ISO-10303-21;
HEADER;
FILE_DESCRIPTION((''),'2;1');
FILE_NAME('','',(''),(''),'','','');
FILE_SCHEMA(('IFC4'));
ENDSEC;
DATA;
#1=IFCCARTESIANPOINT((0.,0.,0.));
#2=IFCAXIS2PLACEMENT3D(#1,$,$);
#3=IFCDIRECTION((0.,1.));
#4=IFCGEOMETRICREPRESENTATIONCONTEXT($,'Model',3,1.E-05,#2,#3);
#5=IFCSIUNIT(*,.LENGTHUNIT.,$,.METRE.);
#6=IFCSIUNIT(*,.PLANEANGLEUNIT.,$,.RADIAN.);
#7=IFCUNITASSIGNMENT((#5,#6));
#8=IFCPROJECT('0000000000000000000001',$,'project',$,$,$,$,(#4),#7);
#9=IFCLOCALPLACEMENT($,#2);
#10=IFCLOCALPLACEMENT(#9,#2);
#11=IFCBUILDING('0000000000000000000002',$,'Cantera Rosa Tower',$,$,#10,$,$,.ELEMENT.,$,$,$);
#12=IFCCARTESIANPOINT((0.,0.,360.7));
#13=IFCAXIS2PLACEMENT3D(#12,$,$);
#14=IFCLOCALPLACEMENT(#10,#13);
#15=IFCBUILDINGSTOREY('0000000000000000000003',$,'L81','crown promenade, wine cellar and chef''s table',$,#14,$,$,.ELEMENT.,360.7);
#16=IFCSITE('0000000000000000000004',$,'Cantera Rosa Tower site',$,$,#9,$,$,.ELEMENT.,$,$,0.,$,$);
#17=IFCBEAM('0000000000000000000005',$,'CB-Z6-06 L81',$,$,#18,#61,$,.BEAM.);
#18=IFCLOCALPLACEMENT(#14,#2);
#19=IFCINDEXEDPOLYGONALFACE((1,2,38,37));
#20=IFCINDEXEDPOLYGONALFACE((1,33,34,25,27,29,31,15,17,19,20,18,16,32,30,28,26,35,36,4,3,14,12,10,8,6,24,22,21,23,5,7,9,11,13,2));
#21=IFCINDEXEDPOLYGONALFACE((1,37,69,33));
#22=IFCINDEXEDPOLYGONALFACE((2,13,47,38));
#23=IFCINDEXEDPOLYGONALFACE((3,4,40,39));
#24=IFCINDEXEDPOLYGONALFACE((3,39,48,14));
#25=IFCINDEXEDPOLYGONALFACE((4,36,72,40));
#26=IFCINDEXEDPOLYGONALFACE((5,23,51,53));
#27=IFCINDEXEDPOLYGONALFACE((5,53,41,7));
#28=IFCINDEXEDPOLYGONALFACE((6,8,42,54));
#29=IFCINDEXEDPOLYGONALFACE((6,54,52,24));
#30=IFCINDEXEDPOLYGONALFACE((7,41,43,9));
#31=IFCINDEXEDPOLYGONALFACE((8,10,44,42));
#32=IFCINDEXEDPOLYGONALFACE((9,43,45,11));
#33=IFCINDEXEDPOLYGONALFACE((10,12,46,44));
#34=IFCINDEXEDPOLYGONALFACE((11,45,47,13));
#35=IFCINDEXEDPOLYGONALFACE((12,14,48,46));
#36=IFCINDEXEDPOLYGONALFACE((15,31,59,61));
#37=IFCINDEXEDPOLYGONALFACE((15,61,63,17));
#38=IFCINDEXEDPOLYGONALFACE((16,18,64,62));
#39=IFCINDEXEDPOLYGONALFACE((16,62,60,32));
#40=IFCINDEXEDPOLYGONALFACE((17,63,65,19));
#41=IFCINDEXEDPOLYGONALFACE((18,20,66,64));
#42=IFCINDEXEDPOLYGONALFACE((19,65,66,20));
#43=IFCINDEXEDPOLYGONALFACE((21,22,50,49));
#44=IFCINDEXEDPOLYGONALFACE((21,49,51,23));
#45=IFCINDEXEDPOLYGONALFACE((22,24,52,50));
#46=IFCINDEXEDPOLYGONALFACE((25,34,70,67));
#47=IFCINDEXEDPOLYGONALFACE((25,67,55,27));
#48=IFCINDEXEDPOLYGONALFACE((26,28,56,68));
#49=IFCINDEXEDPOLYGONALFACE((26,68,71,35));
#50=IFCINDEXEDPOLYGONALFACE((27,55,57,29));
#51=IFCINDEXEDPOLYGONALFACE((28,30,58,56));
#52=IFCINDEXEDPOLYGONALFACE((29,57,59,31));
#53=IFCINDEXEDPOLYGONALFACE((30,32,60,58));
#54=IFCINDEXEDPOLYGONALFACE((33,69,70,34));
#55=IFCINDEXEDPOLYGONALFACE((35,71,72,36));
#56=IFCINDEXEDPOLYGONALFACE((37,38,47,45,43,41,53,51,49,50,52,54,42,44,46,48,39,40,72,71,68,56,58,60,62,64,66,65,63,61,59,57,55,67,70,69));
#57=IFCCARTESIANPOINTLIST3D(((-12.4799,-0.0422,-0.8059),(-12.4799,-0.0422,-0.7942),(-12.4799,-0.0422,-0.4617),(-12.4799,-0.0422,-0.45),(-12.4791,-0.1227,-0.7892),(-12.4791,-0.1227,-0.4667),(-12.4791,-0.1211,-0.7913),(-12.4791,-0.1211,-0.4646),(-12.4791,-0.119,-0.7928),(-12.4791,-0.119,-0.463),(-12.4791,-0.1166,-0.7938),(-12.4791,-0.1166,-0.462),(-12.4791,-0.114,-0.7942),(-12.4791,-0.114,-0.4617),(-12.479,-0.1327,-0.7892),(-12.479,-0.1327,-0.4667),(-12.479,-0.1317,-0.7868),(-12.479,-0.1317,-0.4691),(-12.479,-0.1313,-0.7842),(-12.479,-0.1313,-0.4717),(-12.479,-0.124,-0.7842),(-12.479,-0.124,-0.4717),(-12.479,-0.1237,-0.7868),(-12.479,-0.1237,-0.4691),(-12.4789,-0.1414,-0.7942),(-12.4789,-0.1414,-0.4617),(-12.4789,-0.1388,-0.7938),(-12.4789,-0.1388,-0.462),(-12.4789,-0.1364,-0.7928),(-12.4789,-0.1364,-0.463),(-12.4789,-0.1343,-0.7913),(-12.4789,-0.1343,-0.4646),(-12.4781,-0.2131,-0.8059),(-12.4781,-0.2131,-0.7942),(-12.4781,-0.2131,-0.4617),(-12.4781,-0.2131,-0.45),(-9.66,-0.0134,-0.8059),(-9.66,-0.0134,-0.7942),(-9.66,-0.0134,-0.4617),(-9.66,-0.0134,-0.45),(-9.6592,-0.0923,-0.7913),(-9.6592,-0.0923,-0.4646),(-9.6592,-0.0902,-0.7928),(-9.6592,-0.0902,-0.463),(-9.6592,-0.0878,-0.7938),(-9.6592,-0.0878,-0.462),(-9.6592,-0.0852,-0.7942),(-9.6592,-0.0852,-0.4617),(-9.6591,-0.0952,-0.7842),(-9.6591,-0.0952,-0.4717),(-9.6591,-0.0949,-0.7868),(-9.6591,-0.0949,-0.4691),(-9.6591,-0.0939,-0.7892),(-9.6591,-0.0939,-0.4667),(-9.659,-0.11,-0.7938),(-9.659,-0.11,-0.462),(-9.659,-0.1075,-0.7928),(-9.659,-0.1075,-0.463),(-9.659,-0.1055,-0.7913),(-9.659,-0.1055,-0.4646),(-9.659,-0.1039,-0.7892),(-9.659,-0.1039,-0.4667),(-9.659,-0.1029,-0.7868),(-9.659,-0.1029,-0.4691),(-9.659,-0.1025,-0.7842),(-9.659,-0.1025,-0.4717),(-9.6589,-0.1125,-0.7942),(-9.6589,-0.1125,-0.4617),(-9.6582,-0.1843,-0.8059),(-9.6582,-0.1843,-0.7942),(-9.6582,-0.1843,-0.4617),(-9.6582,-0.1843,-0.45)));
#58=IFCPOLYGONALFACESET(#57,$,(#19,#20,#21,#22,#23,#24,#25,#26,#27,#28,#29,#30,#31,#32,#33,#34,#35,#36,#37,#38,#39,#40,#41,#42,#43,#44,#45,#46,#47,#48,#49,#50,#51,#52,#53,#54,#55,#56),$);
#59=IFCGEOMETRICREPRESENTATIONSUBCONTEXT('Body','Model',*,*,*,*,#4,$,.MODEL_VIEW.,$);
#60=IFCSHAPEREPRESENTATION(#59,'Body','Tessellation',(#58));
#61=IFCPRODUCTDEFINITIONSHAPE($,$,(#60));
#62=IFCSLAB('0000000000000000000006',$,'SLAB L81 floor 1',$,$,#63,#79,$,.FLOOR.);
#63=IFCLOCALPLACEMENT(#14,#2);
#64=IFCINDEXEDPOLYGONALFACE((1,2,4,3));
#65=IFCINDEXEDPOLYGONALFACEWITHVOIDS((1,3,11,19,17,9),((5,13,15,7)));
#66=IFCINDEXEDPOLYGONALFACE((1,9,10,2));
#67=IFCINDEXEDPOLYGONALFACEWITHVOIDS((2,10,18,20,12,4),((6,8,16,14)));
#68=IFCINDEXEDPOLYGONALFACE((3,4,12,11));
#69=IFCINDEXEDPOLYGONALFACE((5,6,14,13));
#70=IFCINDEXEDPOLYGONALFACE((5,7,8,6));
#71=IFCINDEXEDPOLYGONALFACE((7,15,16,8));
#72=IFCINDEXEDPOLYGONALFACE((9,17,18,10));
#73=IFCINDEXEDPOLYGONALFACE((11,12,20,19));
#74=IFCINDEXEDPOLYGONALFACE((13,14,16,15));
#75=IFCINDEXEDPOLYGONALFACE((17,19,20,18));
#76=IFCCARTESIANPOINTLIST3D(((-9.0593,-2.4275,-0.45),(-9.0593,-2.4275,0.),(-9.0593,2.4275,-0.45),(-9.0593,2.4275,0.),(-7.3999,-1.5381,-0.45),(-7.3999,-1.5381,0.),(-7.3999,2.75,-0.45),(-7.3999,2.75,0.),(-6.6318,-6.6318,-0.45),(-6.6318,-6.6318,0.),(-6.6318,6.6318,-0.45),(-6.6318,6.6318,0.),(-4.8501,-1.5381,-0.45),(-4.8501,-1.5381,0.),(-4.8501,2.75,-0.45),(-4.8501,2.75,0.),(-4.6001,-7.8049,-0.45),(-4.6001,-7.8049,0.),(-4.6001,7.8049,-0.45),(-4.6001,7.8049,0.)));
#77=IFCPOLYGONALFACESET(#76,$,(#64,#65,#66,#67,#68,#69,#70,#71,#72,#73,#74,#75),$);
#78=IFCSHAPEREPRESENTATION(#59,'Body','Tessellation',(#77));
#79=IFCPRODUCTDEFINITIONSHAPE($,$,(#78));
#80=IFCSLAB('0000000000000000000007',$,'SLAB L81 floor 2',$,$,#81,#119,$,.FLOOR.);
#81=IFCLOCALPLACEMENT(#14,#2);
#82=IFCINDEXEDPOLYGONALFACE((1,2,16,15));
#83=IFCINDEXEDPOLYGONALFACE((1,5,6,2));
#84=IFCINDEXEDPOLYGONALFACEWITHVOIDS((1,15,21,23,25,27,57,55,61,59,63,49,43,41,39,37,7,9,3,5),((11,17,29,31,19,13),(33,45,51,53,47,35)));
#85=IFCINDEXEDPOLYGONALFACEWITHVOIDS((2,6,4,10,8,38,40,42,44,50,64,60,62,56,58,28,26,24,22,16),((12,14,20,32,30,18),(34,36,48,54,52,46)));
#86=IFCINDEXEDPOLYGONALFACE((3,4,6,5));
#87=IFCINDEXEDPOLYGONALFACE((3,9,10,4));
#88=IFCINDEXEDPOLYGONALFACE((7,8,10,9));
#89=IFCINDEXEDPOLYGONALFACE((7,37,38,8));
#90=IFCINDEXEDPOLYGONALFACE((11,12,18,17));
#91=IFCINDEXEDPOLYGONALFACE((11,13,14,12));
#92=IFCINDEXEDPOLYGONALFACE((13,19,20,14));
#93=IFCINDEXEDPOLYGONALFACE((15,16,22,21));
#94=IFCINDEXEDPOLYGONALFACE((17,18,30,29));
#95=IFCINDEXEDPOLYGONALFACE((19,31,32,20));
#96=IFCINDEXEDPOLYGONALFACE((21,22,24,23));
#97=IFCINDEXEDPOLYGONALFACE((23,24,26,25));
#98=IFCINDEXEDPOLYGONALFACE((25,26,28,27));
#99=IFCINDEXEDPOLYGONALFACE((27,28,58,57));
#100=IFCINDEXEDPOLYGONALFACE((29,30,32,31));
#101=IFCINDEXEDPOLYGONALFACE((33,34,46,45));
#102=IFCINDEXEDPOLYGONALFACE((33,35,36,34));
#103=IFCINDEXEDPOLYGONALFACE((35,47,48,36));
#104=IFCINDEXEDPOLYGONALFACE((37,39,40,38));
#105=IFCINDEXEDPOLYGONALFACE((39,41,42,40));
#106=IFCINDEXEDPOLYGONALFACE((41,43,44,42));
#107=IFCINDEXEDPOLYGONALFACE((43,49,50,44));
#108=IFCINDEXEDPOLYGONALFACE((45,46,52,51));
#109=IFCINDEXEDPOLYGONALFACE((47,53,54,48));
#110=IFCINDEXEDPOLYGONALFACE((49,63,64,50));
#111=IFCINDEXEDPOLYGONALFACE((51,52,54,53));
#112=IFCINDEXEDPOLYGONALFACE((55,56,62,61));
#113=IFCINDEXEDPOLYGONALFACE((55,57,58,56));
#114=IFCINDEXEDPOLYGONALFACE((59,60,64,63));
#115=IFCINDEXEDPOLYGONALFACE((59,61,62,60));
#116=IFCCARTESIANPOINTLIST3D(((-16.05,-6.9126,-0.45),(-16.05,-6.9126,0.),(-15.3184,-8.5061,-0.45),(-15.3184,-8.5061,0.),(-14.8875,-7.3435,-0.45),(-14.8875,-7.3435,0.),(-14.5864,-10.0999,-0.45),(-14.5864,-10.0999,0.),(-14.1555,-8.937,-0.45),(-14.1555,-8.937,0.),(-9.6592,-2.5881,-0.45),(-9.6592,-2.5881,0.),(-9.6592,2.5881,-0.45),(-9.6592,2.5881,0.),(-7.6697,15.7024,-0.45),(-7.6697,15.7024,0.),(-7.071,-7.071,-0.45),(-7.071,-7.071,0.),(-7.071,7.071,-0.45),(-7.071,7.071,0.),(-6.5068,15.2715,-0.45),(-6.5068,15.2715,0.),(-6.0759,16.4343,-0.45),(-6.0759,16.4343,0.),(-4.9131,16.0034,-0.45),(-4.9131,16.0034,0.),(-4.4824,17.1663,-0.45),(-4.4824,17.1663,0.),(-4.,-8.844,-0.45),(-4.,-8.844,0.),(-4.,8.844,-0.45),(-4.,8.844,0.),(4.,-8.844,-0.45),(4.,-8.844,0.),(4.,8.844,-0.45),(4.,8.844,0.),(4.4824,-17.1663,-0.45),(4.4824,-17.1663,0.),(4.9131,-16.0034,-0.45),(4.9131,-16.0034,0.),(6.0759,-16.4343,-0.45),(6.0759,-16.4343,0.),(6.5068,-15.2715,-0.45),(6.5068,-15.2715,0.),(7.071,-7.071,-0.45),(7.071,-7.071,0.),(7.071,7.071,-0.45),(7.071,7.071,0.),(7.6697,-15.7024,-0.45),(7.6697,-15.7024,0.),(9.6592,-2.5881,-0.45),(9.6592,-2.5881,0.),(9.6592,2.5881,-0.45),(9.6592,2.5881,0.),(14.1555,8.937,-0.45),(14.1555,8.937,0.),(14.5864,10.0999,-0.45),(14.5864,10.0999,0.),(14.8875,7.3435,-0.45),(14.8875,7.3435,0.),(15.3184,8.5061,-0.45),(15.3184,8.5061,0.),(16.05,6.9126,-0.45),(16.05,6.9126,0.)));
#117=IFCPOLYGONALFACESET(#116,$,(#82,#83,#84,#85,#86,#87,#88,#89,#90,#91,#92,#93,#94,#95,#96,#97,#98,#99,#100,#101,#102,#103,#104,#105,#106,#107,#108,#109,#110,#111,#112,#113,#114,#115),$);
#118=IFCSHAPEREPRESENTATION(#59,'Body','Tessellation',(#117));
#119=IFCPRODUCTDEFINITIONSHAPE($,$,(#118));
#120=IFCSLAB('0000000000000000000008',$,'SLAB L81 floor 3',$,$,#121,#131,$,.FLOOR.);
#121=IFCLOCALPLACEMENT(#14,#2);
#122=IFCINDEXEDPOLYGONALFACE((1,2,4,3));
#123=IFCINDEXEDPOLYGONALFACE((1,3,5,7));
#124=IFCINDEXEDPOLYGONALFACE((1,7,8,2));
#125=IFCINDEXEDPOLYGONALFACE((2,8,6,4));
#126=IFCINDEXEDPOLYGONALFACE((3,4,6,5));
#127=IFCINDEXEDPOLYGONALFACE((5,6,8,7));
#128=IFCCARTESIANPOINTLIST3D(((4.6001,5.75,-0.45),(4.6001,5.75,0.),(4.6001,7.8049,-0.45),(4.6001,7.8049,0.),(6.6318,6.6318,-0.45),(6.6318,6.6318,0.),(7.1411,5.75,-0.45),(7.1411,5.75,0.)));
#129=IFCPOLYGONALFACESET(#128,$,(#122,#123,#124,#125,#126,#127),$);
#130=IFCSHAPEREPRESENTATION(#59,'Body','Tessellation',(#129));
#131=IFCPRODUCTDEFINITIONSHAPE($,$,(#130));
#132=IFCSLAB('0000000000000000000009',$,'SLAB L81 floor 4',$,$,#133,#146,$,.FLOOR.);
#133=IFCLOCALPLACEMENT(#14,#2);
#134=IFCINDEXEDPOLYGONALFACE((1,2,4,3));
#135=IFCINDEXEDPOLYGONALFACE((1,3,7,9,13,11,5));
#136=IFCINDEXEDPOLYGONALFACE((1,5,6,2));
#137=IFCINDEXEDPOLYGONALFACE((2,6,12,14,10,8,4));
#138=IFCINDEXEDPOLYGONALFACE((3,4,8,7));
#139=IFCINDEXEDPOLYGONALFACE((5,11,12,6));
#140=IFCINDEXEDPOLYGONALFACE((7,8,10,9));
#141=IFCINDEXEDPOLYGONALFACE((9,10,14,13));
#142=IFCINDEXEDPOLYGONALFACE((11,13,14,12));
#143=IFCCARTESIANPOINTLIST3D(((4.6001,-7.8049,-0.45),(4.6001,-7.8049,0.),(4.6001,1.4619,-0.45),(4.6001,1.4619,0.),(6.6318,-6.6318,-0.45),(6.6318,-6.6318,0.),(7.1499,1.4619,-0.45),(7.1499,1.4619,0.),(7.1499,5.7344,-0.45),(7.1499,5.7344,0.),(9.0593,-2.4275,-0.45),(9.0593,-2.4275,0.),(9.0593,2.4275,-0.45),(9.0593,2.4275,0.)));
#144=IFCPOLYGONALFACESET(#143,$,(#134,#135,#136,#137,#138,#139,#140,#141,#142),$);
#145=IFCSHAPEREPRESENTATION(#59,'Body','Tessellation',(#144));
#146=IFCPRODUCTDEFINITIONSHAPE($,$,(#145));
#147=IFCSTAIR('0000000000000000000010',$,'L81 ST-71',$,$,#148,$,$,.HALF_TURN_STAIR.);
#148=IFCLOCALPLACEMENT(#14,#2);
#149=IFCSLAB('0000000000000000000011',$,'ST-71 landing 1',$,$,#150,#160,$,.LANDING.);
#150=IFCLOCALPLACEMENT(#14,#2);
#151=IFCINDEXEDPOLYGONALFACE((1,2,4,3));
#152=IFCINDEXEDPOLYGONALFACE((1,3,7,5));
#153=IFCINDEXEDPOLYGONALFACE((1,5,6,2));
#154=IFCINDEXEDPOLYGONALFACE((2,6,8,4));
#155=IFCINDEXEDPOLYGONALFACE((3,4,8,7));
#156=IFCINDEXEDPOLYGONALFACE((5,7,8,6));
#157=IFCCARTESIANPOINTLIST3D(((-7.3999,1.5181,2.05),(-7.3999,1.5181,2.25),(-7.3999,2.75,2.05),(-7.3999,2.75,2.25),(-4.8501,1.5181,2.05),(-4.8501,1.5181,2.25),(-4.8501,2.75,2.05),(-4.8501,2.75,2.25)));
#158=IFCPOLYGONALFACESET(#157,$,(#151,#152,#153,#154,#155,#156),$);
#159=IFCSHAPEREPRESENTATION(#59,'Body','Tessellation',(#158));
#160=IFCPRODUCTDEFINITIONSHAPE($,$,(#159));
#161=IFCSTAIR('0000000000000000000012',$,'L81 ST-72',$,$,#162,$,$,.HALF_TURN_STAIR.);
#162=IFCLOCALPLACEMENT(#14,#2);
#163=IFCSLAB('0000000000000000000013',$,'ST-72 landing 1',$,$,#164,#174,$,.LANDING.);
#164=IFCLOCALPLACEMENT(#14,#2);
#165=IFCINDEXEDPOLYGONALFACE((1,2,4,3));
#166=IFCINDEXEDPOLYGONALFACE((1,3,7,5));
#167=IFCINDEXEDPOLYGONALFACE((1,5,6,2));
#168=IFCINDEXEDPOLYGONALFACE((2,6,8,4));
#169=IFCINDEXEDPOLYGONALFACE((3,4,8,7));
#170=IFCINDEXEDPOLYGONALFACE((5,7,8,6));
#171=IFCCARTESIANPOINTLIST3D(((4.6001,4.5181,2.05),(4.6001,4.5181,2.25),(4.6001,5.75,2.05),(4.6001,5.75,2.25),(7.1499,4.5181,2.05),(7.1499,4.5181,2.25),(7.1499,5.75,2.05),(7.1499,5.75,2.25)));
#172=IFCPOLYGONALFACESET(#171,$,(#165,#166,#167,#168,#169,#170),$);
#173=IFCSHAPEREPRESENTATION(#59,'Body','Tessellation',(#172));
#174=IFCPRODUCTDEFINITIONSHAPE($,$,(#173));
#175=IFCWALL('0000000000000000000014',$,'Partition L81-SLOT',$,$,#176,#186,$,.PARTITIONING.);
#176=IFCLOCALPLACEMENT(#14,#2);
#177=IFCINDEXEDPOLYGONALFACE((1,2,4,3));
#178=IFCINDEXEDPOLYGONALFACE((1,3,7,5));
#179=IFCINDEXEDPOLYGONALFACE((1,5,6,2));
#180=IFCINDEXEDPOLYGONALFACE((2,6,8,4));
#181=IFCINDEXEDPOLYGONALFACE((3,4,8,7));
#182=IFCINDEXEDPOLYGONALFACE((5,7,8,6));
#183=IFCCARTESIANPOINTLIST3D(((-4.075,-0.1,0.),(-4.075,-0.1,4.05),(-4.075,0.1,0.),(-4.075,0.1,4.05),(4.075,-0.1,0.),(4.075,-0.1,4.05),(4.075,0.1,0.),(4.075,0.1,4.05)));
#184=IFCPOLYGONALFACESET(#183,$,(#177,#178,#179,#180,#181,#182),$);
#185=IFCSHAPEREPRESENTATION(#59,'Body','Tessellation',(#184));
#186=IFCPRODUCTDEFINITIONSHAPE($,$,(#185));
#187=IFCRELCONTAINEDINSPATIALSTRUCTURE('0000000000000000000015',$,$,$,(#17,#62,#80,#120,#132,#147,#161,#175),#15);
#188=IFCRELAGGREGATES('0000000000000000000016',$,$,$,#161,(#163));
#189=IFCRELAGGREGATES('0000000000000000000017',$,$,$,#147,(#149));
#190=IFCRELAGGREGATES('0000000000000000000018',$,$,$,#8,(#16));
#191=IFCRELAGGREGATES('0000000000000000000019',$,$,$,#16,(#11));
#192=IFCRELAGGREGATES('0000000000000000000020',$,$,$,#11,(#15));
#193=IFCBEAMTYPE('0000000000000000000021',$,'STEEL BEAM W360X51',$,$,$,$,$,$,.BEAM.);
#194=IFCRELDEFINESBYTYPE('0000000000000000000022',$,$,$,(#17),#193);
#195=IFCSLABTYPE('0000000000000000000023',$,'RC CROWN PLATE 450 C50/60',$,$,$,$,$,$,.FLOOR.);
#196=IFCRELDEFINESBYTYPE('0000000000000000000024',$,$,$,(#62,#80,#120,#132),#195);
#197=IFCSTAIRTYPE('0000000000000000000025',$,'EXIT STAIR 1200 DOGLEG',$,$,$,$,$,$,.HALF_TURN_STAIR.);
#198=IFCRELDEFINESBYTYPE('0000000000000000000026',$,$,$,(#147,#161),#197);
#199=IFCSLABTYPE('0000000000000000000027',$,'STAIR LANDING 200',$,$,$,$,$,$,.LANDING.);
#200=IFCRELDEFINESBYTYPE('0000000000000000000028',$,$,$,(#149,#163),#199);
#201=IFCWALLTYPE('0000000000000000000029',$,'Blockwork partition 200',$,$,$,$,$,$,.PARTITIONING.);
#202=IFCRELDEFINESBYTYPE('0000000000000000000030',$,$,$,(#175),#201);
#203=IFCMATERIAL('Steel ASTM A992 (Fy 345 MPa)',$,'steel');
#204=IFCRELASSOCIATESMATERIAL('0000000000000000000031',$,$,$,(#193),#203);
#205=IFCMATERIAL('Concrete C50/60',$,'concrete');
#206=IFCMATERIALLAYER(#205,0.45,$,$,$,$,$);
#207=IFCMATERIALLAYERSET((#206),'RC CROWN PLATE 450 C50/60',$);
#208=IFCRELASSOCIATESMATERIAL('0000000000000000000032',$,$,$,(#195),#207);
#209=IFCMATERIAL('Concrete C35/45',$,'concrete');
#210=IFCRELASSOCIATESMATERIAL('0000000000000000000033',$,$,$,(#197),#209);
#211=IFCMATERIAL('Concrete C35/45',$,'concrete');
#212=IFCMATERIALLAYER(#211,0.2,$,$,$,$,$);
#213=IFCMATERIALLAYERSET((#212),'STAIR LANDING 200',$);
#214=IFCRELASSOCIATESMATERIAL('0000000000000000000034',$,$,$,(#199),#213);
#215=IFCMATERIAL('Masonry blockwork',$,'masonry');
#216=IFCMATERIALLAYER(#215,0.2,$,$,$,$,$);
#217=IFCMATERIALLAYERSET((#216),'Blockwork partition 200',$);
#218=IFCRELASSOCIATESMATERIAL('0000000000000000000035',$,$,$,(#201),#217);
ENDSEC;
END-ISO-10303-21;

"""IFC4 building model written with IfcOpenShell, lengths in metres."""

from ifc_helpers import new_model, si_unit, direction, frame, frame_2d, origin, origin_2d, place, context, subcontext, project, spatial, polyline, rectangle, i_section, outline, extrude, material, layer, layer_set, material_profile, profile_set, type_object, element, aggregate, save


model = new_model("IFC4")

# Units and contexts
model_context = context("Model", 3, precision=1e-05, world=origin(), true_north=direction((0.0, 1.0)))
body_context = subcontext(model_context, "Body", "Model", "MODEL_VIEW")
ifc_project = project(units=[si_unit("LENGTHUNIT", "METRE"), si_unit("PLANEANGLEUNIT", "RADIAN")], contexts=[model_context])

# Site, building, storey
site_placement = place(None, origin())
site = spatial("IfcSite", under=ifc_project, at=site_placement, Name="Cantera Rosa Tower site", CompositionType="ELEMENT", RefElevation=0.0)
building_placement = place(site_placement, origin())
building = spatial("IfcBuilding", under=site, at=building_placement, Name="Cantera Rosa Tower", CompositionType="ELEMENT")
storey_placement = place(building_placement, frame((0.0, 0.0, 360.7)))
storey = spatial("IfcBuildingStorey", under=building, at=storey_placement, Name="L81", Description="crown promenade, wine cellar and chef's table", CompositionType="ELEMENT", Elevation=360.7)

# Beam
ifc_material_1 = material(Name="Steel ASTM A992 (Fy 345 MPa)", Category="steel")
ifc_material_profile = material_profile(ifc_material_1, i_section(OverallWidth=0.1709, OverallDepth=0.356, WebThickness=0.0073, FlangeThickness=0.0117, FilletRadius=0.01, at=origin_2d()), Name="W360X51")
ifc_profile_set = profile_set([ifc_material_profile], Name="Steel ASTM A992 (Fy 345 MPa)")
beam_type = type_object("IfcBeamType", Name="STEEL BEAM W360X51", PredefinedType="BEAM", material=ifc_profile_set)
beam_placement = place(storey_placement, frame((-12.479, -0.1277, -0.6279), z_axis=(0.999948, 0.010216, 0.0), x_axis=(-0.010216, 0.999948, 0.0)))
element("IfcBeam", 1, at=beam_placement, inside=storey, type_object=beam_type, Name="CB-Z6-06 L81", PredefinedType="BEAM", context=body_context, shape_type="SweptSolid", body=[
    extrude(i_section(OverallWidth=0.1709, OverallDepth=0.356, WebThickness=0.0073, FlangeThickness=0.0117, FilletRadius=0.01, at=origin_2d()), origin(), (0.0, 0.0, 1.0), 2.8201),
])

# Slabs
ifc_material_2 = material(Name="Concrete C50/60", Category="concrete")
ifc_layer_1 = layer(ifc_material_2, 0.45)
ifc_layer_set_1 = layer_set([ifc_layer_1], Name="RC CROWN PLATE 450 C50/60")
slab_type_1 = type_object("IfcSlabType", Name="RC CROWN PLATE 450 C50/60", PredefinedType="FLOOR", material=ifc_layer_set_1)
slab_1_placement = place(storey_placement, frame((0.0, 0.0, -0.45)))
element("IfcSlab", 2, at=slab_1_placement, inside=storey, type_object=slab_type_1, Name="SLAB L81 floor 1", PredefinedType="FLOOR", context=body_context, shape_type="SweptSolid", body=[
    extrude(outline(polyline([(-4.6001, -7.8049), (-6.6318, -6.6318), (-9.0593, -2.4275), (-9.0593, 2.4275), (-6.6318, 6.6318), (-4.6001, 7.8049), (-4.6001, -7.8049)]), holes=[polyline([(-7.3999, 2.75), (-7.3999, -1.5381), (-4.8501, -1.5381), (-4.8501, 2.75), (-7.3999, 2.75)])]), origin(), (0.0, 0.0, 1.0), 0.45),
])
slab_2_placement = place(storey_placement, frame((0.0, 0.0, -0.45)))
element("IfcSlab", 3, at=slab_2_placement, inside=storey, type_object=slab_type_1, Name="SLAB L81 floor 2", PredefinedType="FLOOR", context=body_context, shape_type="SweptSolid", body=[
    extrude(outline(polyline([(15.3184, 8.5061), (14.8875, 7.3435), (16.05, 6.9126), (7.6697, -15.7024), (6.5068, -15.2715), (6.0759, -16.4343), (4.9131, -16.0034), (4.4824, -17.1663), (-14.5864, -10.0999), (-14.1555, -8.937), (-15.3184, -8.5061), (-14.8875, -7.3435), (-16.05, -6.9126), (-7.6697, 15.7024), (-6.5068, 15.2715), (-6.0759, 16.4343), (-4.9131, 16.0034), (-4.4824, 17.1663), (14.5864, 10.0999), (14.1555, 8.937), (15.3184, 8.5061)]), holes=[polyline([(-9.6592, -2.5881), (-7.071, -7.071), (-4.0, -8.844), (-4.0, 8.844), (-7.071, 7.071), (-9.6592, 2.5881), (-9.6592, -2.5881)]), polyline([(9.6592, 2.5881), (7.071, 7.071), (4.0, 8.844), (4.0, -8.844), (7.071, -7.071), (9.6592, -2.5881), (9.6592, 2.5881)])]), origin(), (0.0, 0.0, 1.0), 0.45),
])
slab_3_placement = place(storey_placement, frame((0.0, 0.0, -0.45)))
element("IfcSlab", 4, at=slab_3_placement, inside=storey, type_object=slab_type_1, Name="SLAB L81 floor 3", PredefinedType="FLOOR", context=body_context, shape_type="SweptSolid", body=[
    extrude(outline(polyline([(4.6001, 5.75), (4.6001, 7.8049), (6.6318, 6.6318), (7.1411, 5.75), (4.6001, 5.75)])), origin(), (0.0, 0.0, 1.0), 0.45),
])
slab_4_placement = place(storey_placement, frame((0.0, 0.0, -0.45)))
element("IfcSlab", 5, at=slab_4_placement, inside=storey, type_object=slab_type_1, Name="SLAB L81 floor 4", PredefinedType="FLOOR", context=body_context, shape_type="SweptSolid", body=[
    extrude(outline(polyline([(4.6001, 1.4619), (7.1499, 1.4619), (7.1499, 5.7344), (9.0593, 2.4275), (9.0593, -2.4275), (6.6318, -6.6318), (4.6001, -7.8049), (4.6001, 1.4619)])), origin(), (0.0, 0.0, 1.0), 0.45),
])

# Stairs, slabs
ifc_material_3 = material(Name="Concrete C35/45", Category="concrete")
stair_type = type_object("IfcStairType", Name="EXIT STAIR 1200 DOGLEG", PredefinedType="HALF_TURN_STAIR", material=ifc_material_3)
stair_1_placement = place(storey_placement, origin())
stair_1 = element("IfcStair", 6, at=stair_1_placement, inside=storey, type_object=stair_type, Name="L81 ST-71", PredefinedType="HALF_TURN_STAIR")
ifc_material_4 = material(Name="Concrete C35/45", Category="concrete")
ifc_layer_2 = layer(ifc_material_4, 0.2)
ifc_layer_set_2 = layer_set([ifc_layer_2], Name="STAIR LANDING 200")
slab_type_2 = type_object("IfcSlabType", Name="STAIR LANDING 200", PredefinedType="LANDING", material=ifc_layer_set_2)
slab_5_placement = place(storey_placement, frame((0.0, 0.0, 2.05)))
slab_5 = element("IfcSlab", 7, at=slab_5_placement, type_object=slab_type_2, Name="ST-71 landing 1", PredefinedType="LANDING", context=body_context, shape_type="SweptSolid", body=[
    extrude(outline(polyline([(-4.8501, 1.5181), (-4.8501, 2.75), (-7.3999, 2.75), (-7.3999, 1.5181), (-4.8501, 1.5181)])), origin(), (0.0, 0.0, 1.0), 0.2),
])
stair_2_placement = place(storey_placement, origin())
stair_2 = element("IfcStair", 8, at=stair_2_placement, inside=storey, type_object=stair_type, Name="L81 ST-72", PredefinedType="HALF_TURN_STAIR")
slab_6_placement = place(storey_placement, frame((0.0, 0.0, 2.05)))
slab_6 = element("IfcSlab", 9, at=slab_6_placement, type_object=slab_type_2, Name="ST-72 landing 1", PredefinedType="LANDING", context=body_context, shape_type="SweptSolid", body=[
    extrude(outline(polyline([(7.1499, 4.5181), (7.1499, 5.75), (4.6001, 5.75), (4.6001, 4.5181), (7.1499, 4.5181)])), origin(), (0.0, 0.0, 1.0), 0.2),
])
aggregate(stair_2, [slab_6])

# Wall
ifc_material_5 = material(Name="Masonry blockwork", Category="masonry")
ifc_layer_3 = layer(ifc_material_5, 0.2)
ifc_layer_set_3 = layer_set([ifc_layer_3], Name="Blockwork partition 200")
wall_type_1 = type_object("IfcWallType", Name="Blockwork partition 200", PredefinedType="PARTITIONING", material=ifc_layer_set_3)
wall_1_placement = place(storey_placement, frame((-4.075, 0.0, 0.0), z_axis=(0.0, 0.0, 1.0), x_axis=(1.0, 0.0, 0.0)))
element("IfcWall", 10, at=wall_1_placement, inside=storey, type_object=wall_type_1, Name="Partition L81-SLOT", PredefinedType="PARTITIONING", context=body_context, shape_type="SweptSolid", body=[
    extrude(rectangle(XDim=8.1499, YDim=0.2, at=frame_2d((4.075, 0.0))), origin(), (0.0, 0.0, 1.0), 4.05),
])

aggregate(stair_1, [slab_5])

save(model, "model.ifc")
